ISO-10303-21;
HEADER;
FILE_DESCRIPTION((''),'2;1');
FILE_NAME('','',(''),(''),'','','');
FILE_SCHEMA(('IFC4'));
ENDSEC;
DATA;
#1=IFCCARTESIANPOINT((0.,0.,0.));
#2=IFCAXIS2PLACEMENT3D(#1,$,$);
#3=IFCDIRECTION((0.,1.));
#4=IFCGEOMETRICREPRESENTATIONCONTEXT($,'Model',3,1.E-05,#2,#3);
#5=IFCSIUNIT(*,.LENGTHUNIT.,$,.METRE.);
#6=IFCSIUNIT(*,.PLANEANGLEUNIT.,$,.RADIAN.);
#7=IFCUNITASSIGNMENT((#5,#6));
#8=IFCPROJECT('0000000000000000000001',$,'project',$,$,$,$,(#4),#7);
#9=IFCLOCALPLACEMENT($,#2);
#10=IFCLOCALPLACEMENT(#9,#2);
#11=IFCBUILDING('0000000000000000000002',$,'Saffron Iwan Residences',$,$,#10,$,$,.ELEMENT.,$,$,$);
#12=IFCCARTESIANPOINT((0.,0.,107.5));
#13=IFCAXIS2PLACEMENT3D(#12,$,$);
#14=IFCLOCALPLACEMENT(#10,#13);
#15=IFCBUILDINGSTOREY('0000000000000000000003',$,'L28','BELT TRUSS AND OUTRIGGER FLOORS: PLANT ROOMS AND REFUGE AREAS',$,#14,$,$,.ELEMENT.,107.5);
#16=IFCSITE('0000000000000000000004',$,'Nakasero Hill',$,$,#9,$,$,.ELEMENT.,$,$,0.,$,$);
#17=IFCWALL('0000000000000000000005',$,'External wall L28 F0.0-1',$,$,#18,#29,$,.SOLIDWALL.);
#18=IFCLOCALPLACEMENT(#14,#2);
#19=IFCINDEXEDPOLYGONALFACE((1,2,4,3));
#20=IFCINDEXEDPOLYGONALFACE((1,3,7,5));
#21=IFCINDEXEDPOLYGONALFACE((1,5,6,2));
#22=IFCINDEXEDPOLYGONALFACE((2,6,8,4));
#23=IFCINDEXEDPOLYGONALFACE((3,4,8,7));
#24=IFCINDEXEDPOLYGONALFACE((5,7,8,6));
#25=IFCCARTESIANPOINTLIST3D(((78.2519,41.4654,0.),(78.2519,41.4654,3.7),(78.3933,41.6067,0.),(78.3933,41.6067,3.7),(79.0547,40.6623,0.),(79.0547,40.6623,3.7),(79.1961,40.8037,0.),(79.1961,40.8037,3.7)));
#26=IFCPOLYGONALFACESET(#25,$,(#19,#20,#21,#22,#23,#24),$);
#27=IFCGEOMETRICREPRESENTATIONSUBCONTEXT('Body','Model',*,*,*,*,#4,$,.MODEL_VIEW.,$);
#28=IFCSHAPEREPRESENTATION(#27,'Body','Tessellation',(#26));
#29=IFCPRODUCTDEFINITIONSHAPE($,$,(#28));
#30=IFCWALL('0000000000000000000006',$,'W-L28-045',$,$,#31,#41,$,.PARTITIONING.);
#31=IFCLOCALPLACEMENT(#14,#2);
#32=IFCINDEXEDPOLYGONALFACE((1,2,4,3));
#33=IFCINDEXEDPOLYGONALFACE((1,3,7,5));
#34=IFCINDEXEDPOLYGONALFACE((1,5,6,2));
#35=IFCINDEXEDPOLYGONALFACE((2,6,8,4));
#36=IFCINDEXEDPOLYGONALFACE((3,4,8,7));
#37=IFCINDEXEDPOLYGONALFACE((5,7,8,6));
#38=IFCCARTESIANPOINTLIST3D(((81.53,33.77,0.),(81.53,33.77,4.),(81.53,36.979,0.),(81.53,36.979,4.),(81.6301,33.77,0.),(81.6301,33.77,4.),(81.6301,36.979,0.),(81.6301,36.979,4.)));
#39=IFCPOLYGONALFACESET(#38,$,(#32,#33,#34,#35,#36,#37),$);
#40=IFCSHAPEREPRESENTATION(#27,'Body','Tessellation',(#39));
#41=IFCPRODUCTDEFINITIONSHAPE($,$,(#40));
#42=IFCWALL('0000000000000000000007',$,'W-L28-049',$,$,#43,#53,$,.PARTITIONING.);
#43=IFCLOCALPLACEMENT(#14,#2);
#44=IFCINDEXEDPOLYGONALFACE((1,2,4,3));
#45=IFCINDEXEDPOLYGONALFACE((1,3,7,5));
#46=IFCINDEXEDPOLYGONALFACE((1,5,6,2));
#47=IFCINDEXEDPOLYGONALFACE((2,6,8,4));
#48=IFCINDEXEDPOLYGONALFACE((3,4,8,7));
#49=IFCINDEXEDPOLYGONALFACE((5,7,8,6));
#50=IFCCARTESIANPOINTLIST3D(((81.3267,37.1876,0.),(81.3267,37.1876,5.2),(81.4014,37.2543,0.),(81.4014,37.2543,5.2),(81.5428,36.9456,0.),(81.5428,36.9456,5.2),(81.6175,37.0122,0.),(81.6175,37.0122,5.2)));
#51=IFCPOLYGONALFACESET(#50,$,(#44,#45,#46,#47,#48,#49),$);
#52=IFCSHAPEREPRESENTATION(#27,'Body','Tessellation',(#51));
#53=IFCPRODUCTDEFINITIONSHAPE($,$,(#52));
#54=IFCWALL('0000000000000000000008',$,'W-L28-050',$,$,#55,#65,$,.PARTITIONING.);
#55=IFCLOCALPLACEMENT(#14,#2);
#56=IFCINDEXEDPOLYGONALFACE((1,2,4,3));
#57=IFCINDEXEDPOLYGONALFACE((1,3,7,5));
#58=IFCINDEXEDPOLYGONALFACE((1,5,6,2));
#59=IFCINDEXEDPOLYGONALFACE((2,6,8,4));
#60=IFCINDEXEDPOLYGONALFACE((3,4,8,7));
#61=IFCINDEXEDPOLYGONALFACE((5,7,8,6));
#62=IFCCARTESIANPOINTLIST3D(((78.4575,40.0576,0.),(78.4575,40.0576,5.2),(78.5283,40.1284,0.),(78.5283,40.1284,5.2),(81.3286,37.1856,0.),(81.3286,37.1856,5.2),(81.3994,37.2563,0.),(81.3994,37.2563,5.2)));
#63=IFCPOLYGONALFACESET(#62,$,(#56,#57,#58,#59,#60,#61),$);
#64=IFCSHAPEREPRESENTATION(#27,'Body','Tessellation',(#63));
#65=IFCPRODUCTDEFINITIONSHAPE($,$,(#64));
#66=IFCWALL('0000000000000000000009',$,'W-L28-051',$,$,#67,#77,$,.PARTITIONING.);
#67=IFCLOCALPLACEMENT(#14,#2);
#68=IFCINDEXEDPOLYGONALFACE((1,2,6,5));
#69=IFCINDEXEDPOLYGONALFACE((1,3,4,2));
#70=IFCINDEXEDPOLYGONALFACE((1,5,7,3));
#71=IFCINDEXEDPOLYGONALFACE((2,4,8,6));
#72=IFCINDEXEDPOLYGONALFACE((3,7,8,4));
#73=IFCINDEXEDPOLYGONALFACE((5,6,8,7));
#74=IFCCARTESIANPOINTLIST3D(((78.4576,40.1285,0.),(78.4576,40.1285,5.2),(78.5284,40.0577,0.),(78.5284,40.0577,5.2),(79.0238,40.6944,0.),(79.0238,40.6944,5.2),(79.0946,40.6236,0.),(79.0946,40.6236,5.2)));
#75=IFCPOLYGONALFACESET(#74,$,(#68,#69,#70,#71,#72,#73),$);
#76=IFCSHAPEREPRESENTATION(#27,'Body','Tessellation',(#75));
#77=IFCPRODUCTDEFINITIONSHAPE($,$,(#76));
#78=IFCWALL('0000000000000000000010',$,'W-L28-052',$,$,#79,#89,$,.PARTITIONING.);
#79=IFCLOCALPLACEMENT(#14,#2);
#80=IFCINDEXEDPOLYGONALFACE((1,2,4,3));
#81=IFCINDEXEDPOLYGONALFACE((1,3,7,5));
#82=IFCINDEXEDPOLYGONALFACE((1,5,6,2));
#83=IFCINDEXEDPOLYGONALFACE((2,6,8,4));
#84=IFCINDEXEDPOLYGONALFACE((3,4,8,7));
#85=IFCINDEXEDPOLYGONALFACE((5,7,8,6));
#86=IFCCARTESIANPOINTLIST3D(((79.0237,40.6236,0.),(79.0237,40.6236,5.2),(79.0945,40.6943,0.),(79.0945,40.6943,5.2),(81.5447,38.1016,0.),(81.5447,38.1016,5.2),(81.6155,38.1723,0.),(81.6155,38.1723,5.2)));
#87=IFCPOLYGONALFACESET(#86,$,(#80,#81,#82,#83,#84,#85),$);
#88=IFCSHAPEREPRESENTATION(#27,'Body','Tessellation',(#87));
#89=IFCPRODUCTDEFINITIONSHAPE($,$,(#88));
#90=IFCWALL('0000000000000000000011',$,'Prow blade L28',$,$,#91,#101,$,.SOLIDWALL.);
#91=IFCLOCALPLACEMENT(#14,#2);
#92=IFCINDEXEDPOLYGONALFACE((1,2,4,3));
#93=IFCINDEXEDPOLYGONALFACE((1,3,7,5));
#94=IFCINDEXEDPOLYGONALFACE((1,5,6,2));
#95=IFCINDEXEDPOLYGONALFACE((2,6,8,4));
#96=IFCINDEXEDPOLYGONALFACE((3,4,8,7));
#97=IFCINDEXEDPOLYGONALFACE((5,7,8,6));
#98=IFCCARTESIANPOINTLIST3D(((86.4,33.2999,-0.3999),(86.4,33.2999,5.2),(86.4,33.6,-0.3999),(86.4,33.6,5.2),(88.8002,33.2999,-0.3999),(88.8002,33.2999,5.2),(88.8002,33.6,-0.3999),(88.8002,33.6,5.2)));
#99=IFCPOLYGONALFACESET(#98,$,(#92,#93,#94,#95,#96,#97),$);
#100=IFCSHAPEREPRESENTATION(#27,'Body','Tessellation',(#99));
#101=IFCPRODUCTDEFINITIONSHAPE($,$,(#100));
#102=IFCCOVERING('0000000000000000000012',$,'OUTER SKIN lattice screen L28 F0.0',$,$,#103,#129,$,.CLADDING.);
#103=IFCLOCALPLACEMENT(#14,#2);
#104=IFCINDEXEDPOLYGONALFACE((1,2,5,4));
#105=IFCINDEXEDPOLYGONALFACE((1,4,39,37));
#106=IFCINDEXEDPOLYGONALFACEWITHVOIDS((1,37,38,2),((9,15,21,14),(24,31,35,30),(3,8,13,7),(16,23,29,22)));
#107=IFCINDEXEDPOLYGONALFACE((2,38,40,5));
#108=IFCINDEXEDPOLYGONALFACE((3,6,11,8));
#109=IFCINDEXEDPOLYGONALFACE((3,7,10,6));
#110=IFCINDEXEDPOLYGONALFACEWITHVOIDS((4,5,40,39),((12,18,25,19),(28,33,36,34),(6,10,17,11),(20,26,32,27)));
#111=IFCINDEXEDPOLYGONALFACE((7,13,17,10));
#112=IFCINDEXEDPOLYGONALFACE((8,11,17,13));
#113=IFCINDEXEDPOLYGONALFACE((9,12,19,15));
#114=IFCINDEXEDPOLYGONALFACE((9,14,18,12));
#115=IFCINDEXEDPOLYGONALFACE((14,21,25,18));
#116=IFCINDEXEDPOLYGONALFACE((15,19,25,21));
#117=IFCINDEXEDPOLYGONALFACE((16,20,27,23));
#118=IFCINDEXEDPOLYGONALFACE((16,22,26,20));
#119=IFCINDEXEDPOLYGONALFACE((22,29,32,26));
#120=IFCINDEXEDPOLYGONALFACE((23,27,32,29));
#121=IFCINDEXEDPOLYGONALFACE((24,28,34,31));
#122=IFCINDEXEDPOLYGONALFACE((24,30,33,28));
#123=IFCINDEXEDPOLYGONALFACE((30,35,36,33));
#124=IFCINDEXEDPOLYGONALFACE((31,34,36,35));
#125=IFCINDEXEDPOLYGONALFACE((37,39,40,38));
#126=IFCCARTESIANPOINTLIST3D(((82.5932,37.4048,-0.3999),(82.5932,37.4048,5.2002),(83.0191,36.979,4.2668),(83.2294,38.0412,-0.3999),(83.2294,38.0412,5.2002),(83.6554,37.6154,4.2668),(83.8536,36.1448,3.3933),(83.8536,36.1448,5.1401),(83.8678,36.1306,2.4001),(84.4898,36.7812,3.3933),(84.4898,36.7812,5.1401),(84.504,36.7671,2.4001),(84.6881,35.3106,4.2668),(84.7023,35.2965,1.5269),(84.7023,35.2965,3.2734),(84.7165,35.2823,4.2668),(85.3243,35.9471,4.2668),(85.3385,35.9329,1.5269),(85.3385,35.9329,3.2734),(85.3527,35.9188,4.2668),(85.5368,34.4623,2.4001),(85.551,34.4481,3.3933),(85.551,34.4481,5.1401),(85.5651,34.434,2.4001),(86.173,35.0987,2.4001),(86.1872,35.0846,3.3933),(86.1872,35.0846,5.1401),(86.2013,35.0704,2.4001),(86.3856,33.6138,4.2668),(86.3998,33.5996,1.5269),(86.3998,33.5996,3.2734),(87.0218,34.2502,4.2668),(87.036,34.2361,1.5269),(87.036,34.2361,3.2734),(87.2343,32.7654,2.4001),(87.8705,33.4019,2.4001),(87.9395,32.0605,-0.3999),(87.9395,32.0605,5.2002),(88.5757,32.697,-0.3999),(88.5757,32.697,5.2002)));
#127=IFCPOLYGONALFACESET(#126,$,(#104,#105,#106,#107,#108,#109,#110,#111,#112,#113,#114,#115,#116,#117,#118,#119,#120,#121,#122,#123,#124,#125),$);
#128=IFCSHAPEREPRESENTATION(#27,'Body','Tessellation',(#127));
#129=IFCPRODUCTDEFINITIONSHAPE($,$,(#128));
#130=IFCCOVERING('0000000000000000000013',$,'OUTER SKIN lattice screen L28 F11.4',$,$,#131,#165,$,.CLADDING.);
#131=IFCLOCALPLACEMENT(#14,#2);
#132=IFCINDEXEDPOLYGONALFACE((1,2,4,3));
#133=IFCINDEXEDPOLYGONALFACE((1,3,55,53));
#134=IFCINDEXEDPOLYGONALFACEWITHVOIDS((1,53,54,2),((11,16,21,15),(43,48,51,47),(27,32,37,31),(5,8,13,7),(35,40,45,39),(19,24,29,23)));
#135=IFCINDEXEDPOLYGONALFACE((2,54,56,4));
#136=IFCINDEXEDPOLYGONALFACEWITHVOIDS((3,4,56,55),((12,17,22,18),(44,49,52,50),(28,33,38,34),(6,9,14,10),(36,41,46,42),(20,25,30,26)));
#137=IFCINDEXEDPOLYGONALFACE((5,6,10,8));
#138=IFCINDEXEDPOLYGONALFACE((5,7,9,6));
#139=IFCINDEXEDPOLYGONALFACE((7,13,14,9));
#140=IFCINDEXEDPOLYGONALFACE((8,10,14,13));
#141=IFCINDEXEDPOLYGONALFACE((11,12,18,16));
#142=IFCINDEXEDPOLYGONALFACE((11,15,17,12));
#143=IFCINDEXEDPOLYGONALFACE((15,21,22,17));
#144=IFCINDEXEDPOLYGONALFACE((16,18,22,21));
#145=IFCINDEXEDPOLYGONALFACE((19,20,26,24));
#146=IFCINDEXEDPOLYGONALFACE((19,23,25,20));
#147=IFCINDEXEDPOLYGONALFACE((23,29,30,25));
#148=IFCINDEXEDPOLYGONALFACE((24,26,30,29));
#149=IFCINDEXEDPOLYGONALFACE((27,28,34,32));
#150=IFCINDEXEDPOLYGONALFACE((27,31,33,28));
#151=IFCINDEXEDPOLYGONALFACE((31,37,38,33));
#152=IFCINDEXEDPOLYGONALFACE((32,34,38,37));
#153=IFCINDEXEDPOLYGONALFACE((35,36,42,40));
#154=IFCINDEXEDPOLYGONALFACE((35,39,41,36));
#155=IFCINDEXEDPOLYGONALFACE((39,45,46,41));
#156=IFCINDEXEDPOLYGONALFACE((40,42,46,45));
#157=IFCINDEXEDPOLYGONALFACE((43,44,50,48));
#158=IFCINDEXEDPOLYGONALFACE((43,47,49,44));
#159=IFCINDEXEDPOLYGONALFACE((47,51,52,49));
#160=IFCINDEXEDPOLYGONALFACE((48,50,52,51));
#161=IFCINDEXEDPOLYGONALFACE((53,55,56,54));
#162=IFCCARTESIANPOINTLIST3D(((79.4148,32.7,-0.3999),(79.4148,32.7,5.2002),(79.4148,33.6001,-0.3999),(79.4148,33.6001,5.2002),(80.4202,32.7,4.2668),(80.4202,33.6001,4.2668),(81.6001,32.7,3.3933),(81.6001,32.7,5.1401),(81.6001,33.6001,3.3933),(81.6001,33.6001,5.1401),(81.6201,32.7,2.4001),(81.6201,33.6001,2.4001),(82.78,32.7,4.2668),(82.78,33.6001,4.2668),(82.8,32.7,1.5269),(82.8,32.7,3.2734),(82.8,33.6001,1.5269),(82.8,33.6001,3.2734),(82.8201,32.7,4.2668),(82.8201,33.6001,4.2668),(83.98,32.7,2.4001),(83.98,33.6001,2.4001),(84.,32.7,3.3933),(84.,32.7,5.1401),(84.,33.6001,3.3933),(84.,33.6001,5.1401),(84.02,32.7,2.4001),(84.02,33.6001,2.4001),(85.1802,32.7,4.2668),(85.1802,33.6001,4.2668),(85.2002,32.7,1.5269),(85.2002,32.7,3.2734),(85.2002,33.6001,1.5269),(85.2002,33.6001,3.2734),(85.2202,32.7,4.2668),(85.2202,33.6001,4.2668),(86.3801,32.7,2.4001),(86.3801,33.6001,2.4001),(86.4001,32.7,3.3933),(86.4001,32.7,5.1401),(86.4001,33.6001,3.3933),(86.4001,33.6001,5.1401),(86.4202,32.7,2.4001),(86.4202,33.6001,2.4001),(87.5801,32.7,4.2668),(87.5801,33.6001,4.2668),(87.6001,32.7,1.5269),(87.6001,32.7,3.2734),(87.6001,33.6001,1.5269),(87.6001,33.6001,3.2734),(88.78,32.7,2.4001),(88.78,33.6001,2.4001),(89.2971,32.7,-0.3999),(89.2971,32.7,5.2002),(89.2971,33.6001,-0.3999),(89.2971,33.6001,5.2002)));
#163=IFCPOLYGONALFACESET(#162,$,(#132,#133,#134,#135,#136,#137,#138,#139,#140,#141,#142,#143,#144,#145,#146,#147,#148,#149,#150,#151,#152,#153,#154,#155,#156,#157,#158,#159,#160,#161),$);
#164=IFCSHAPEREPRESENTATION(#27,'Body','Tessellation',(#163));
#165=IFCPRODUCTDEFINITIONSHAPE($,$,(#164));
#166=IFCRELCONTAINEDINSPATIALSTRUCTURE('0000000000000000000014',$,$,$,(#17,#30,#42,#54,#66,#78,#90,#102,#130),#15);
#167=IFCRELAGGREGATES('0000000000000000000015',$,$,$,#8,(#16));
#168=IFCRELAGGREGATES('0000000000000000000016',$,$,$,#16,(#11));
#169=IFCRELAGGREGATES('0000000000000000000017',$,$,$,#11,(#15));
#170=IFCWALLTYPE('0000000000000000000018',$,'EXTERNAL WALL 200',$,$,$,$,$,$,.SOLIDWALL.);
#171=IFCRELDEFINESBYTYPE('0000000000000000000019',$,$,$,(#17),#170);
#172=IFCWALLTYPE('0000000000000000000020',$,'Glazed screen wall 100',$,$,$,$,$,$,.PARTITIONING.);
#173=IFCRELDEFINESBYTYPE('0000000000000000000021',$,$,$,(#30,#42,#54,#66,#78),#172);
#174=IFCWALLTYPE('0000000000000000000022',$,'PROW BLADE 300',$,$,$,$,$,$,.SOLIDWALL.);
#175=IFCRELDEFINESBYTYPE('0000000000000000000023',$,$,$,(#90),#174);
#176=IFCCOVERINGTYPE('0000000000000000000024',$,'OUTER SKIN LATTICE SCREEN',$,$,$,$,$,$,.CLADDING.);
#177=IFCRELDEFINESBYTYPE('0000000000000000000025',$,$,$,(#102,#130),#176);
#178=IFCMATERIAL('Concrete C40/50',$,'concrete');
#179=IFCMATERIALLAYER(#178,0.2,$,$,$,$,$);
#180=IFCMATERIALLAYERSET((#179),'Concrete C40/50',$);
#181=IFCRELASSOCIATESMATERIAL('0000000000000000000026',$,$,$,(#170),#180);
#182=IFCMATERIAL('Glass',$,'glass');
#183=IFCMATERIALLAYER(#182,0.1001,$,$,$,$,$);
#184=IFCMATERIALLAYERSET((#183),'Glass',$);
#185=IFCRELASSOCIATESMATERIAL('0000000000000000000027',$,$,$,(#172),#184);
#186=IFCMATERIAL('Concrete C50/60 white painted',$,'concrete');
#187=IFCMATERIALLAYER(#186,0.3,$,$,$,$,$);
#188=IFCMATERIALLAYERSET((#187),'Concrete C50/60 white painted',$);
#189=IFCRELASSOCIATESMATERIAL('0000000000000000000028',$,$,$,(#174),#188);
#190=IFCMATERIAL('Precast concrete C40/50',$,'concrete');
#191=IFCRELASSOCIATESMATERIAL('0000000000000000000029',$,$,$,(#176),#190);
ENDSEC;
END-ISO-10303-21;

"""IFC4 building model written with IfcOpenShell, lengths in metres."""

from ifc_helpers import new_model, si_unit, direction, frame, frame_2d, origin, place, context, subcontext, project, spatial, polyline, rectangle, outline, extrude, material, layer, layer_set, type_object, element, save


model = new_model("IFC4")

# Units and contexts
model_context = context("Model", 3, precision=1e-05, world=origin(), true_north=direction((0.0, 1.0)))
body_context = subcontext(model_context, "Body", "Model", "MODEL_VIEW")
ifc_project = project(units=[si_unit("LENGTHUNIT", "METRE"), si_unit("PLANEANGLEUNIT", "RADIAN")], contexts=[model_context])

# Site, building, storey
site_placement = place(None, origin())
site = spatial("IfcSite", under=ifc_project, at=site_placement, Name="Nakasero Hill", CompositionType="ELEMENT", RefElevation=0.0)
building_placement = place(site_placement, origin())
building = spatial("IfcBuilding", under=site, at=building_placement, Name="Saffron Iwan Residences", CompositionType="ELEMENT")
storey_placement = place(building_placement, frame((0.0, 0.0, 107.5)))
storey = spatial("IfcBuildingStorey", under=building, at=storey_placement, Name="L28", Description="BELT TRUSS AND OUTRIGGER FLOORS: PLANT ROOMS AND REFUGE AREAS", CompositionType="ELEMENT", Elevation=107.5)

# Walls
ifc_material_1 = material(Name="Concrete C40/50", Category="concrete")
ifc_layer_1 = layer(ifc_material_1, 0.2)
ifc_layer_set_1 = layer_set([ifc_layer_1], Name="Concrete C40/50")
wall_type_1 = type_object("IfcWallType", Name="EXTERNAL WALL 200", PredefinedType="SOLIDWALL", material=ifc_layer_set_1)
wall_1_placement = place(storey_placement, frame((79.1255, 40.7329, 0.0), z_axis=(0.0, 0.0, 1.0), x_axis=(-0.706999, 0.707214, 0.0)))
element("IfcWall", 1, at=wall_1_placement, inside=storey, type_object=wall_type_1, Name="External wall L28 F0.0-1", PredefinedType="SOLIDWALL", context=body_context, shape_type="SweptSolid", body=[
    extrude(rectangle(XDim=1.1355, YDim=0.2, at=frame_2d((0.5679, 0.0))), origin(), (0.0, 0.0, 1.0), 3.7),
])
ifc_material_2 = material(Name="Glass", Category="glass")
ifc_layer_2 = layer(ifc_material_2, 0.1001)
ifc_layer_set_2 = layer_set([ifc_layer_2], Name="Glass")
wall_type_2 = type_object("IfcWallType", Name="Glazed screen wall 100", PredefinedType="PARTITIONING", material=ifc_layer_set_2)
wall_2_placement = place(storey_placement, frame((81.5801, 33.77, 0.0), z_axis=(0.0, 0.0, 1.0), x_axis=(0.0, 1.0, 0.0)))
element("IfcWall", 2, at=wall_2_placement, inside=storey, type_object=wall_type_2, Name="W-L28-045", PredefinedType="PARTITIONING", context=body_context, shape_type="SweptSolid", body=[
    extrude(rectangle(XDim=3.209, YDim=0.1001, at=frame_2d((1.6045, 0.0))), origin(), (0.0, 0.0, 1.0), 4.0),
])
wall_3_placement = place(storey_placement, frame((81.5801, 36.979, 0.0), z_axis=(0.0, 0.0, 1.0), x_axis=(-0.666091, 0.745871, 0.0)))
element("IfcWall", 3, at=wall_3_placement, inside=storey, type_object=wall_type_2, Name="W-L28-049", PredefinedType="PARTITIONING", context=body_context, shape_type="SweptSolid", body=[
    extrude(rectangle(XDim=0.3245, YDim=0.1001, at=frame_2d((0.1621, 0.0))), origin(), (0.0, 0.0, 1.0), 5.2),
])
wall_4_placement = place(storey_placement, frame((81.364, 37.2209, 0.0), z_axis=(0.0, 0.0, 1.0), x_axis=(-0.706987, 0.707227, 0.0)))
element("IfcWall", 4, at=wall_4_placement, inside=storey, type_object=wall_type_2, Name="W-L28-050", PredefinedType="PARTITIONING", context=body_context, shape_type="SweptSolid", body=[
    extrude(rectangle(XDim=4.061, YDim=0.1001, at=frame_2d((2.0305, 0.0))), origin(), (0.0, 0.0, 1.0), 5.2),
])
wall_5_placement = place(storey_placement, frame((78.4929, 40.093, 0.0), z_axis=(0.0, 0.0, 1.0), x_axis=(0.707259, 0.706954, 0.0)))
element("IfcWall", 5, at=wall_5_placement, inside=storey, type_object=wall_type_2, Name="W-L28-051", PredefinedType="PARTITIONING", context=body_context, shape_type="SweptSolid", body=[
    extrude(rectangle(XDim=0.8005, YDim=0.1001, at=frame_2d((0.4004, 0.0))), origin(), (0.0, 0.0, 1.0), 5.2),
])
wall_6_placement = place(storey_placement, frame((79.0591, 40.6589, 0.0), z_axis=(0.0, 0.0, 1.0), x_axis=(0.70697, -0.707244, 0.0)))
element("IfcWall", 6, at=wall_6_placement, inside=storey, type_object=wall_type_2, Name="W-L28-052", PredefinedType="PARTITIONING", context=body_context, shape_type="SweptSolid", body=[
    extrude(rectangle(XDim=3.5659, YDim=0.1001, at=frame_2d((1.783, 0.0))), origin(), (0.0, 0.0, 1.0), 5.2),
])
ifc_material_3 = material(Name="Concrete C50/60 white painted", Category="concrete")
ifc_layer_3 = layer(ifc_material_3, 0.3)
ifc_layer_set_3 = layer_set([ifc_layer_3], Name="Concrete C50/60 white painted")
wall_type_3 = type_object("IfcWallType", Name="PROW BLADE 300", PredefinedType="SOLIDWALL", material=ifc_layer_set_3)
wall_7_placement = place(storey_placement, frame((86.3999, 33.45, -0.3999), z_axis=(0.0, 0.0, 1.0), x_axis=(1.0, 0.0, 0.0)))
element("IfcWall", 7, at=wall_7_placement, inside=storey, type_object=wall_type_3, Name="Prow blade L28", PredefinedType="SOLIDWALL", context=body_context, shape_type="SweptSolid", body=[
    extrude(rectangle(XDim=2.4001, YDim=0.3, at=frame_2d((1.2002, 0.0))), origin(), (0.0, 0.0, 1.0), 5.5999),
])

# Coverings
ifc_material_4 = material(Name="Precast concrete C40/50", Category="concrete")
covering_type_1 = type_object("IfcCoveringType", Name="OUTER SKIN LATTICE SCREEN", PredefinedType="CLADDING", material=ifc_material_4)
covering_1_placement = place(storey_placement, frame((87.9395, 32.0605, -0.3999), z_axis=(0.706971, 0.707242, 0.0), x_axis=(-0.707242, 0.706971, 0.0)))
element("IfcCovering", 8, at=covering_1_placement, inside=storey, type_object=covering_type_1, Name="OUTER SKIN lattice screen L28 F0.0", PredefinedType="CLADDING", context=body_context, shape_type="SweptSolid", body=[
    extrude(outline(polyline([(0.0, 0.0), (7.5593, 0.0), (7.5593, 5.6001), (0.0, 5.6001), (0.0, 0.0)]), holes=[polyline([(0.9971, 2.8), (2.177, 1.9268), (3.3572, 2.8), (2.177, 3.6733), (0.9971, 2.8)]), polyline([(3.3972, 2.8), (4.5771, 1.9268), (5.7571, 2.8), (4.5771, 3.6733), (3.3972, 2.8)]), polyline([(2.197, 4.6667), (3.3772, 3.7932), (4.5571, 4.6667), (3.3772, 5.54), (2.197, 4.6667)]), polyline([(4.5972, 4.6667), (5.7771, 3.7932), (6.957, 4.6667), (5.7771, 5.54), (4.5972, 4.6667)])]), origin(), (0.0, 0.0, 1.0), 0.8999),
])
covering_2_placement = place(storey_placement, frame((79.4148, 33.6001, -0.3999), z_axis=(0.0, -1.0, 0.0), x_axis=(1.0, 0.0, 0.0)))
element("IfcCovering", 9, at=covering_2_placement, inside=storey, type_object=covering_type_1, Name="OUTER SKIN lattice screen L28 F11.4", PredefinedType="CLADDING", context=body_context, shape_type="SweptSolid", body=[
    extrude(outline(polyline([(0.0, 0.0), (9.8823, 0.0), (9.8823, 5.6001), (0.0, 5.6001), (0.0, 0.0)]), holes=[polyline([(2.2053, 2.8), (3.3853, 1.9268), (4.5652, 2.8), (3.3853, 3.6733), (2.2053, 2.8)]), polyline([(4.6052, 2.8), (5.7854, 1.9268), (6.9653, 2.8), (5.7854, 3.6733), (4.6052, 2.8)]), polyline([(7.0054, 2.8), (8.1853, 1.9268), (9.3652, 2.8), (8.1853, 3.6733), (7.0054, 2.8)]), polyline([(1.0054, 4.6667), (2.1853, 3.7932), (3.3652, 4.6667), (2.1853, 5.54), (1.0054, 4.6667)]), polyline([(3.4053, 4.6667), (4.5852, 3.7932), (5.7654, 4.6667), (4.5852, 5.54), (3.4053, 4.6667)]), polyline([(5.8054, 4.6667), (6.9854, 3.7932), (8.1653, 4.6667), (6.9854, 5.54), (5.8054, 4.6667)])]), origin(), (0.0, 0.0, 1.0), 0.9001),
])

save(model, "model.ifc")
